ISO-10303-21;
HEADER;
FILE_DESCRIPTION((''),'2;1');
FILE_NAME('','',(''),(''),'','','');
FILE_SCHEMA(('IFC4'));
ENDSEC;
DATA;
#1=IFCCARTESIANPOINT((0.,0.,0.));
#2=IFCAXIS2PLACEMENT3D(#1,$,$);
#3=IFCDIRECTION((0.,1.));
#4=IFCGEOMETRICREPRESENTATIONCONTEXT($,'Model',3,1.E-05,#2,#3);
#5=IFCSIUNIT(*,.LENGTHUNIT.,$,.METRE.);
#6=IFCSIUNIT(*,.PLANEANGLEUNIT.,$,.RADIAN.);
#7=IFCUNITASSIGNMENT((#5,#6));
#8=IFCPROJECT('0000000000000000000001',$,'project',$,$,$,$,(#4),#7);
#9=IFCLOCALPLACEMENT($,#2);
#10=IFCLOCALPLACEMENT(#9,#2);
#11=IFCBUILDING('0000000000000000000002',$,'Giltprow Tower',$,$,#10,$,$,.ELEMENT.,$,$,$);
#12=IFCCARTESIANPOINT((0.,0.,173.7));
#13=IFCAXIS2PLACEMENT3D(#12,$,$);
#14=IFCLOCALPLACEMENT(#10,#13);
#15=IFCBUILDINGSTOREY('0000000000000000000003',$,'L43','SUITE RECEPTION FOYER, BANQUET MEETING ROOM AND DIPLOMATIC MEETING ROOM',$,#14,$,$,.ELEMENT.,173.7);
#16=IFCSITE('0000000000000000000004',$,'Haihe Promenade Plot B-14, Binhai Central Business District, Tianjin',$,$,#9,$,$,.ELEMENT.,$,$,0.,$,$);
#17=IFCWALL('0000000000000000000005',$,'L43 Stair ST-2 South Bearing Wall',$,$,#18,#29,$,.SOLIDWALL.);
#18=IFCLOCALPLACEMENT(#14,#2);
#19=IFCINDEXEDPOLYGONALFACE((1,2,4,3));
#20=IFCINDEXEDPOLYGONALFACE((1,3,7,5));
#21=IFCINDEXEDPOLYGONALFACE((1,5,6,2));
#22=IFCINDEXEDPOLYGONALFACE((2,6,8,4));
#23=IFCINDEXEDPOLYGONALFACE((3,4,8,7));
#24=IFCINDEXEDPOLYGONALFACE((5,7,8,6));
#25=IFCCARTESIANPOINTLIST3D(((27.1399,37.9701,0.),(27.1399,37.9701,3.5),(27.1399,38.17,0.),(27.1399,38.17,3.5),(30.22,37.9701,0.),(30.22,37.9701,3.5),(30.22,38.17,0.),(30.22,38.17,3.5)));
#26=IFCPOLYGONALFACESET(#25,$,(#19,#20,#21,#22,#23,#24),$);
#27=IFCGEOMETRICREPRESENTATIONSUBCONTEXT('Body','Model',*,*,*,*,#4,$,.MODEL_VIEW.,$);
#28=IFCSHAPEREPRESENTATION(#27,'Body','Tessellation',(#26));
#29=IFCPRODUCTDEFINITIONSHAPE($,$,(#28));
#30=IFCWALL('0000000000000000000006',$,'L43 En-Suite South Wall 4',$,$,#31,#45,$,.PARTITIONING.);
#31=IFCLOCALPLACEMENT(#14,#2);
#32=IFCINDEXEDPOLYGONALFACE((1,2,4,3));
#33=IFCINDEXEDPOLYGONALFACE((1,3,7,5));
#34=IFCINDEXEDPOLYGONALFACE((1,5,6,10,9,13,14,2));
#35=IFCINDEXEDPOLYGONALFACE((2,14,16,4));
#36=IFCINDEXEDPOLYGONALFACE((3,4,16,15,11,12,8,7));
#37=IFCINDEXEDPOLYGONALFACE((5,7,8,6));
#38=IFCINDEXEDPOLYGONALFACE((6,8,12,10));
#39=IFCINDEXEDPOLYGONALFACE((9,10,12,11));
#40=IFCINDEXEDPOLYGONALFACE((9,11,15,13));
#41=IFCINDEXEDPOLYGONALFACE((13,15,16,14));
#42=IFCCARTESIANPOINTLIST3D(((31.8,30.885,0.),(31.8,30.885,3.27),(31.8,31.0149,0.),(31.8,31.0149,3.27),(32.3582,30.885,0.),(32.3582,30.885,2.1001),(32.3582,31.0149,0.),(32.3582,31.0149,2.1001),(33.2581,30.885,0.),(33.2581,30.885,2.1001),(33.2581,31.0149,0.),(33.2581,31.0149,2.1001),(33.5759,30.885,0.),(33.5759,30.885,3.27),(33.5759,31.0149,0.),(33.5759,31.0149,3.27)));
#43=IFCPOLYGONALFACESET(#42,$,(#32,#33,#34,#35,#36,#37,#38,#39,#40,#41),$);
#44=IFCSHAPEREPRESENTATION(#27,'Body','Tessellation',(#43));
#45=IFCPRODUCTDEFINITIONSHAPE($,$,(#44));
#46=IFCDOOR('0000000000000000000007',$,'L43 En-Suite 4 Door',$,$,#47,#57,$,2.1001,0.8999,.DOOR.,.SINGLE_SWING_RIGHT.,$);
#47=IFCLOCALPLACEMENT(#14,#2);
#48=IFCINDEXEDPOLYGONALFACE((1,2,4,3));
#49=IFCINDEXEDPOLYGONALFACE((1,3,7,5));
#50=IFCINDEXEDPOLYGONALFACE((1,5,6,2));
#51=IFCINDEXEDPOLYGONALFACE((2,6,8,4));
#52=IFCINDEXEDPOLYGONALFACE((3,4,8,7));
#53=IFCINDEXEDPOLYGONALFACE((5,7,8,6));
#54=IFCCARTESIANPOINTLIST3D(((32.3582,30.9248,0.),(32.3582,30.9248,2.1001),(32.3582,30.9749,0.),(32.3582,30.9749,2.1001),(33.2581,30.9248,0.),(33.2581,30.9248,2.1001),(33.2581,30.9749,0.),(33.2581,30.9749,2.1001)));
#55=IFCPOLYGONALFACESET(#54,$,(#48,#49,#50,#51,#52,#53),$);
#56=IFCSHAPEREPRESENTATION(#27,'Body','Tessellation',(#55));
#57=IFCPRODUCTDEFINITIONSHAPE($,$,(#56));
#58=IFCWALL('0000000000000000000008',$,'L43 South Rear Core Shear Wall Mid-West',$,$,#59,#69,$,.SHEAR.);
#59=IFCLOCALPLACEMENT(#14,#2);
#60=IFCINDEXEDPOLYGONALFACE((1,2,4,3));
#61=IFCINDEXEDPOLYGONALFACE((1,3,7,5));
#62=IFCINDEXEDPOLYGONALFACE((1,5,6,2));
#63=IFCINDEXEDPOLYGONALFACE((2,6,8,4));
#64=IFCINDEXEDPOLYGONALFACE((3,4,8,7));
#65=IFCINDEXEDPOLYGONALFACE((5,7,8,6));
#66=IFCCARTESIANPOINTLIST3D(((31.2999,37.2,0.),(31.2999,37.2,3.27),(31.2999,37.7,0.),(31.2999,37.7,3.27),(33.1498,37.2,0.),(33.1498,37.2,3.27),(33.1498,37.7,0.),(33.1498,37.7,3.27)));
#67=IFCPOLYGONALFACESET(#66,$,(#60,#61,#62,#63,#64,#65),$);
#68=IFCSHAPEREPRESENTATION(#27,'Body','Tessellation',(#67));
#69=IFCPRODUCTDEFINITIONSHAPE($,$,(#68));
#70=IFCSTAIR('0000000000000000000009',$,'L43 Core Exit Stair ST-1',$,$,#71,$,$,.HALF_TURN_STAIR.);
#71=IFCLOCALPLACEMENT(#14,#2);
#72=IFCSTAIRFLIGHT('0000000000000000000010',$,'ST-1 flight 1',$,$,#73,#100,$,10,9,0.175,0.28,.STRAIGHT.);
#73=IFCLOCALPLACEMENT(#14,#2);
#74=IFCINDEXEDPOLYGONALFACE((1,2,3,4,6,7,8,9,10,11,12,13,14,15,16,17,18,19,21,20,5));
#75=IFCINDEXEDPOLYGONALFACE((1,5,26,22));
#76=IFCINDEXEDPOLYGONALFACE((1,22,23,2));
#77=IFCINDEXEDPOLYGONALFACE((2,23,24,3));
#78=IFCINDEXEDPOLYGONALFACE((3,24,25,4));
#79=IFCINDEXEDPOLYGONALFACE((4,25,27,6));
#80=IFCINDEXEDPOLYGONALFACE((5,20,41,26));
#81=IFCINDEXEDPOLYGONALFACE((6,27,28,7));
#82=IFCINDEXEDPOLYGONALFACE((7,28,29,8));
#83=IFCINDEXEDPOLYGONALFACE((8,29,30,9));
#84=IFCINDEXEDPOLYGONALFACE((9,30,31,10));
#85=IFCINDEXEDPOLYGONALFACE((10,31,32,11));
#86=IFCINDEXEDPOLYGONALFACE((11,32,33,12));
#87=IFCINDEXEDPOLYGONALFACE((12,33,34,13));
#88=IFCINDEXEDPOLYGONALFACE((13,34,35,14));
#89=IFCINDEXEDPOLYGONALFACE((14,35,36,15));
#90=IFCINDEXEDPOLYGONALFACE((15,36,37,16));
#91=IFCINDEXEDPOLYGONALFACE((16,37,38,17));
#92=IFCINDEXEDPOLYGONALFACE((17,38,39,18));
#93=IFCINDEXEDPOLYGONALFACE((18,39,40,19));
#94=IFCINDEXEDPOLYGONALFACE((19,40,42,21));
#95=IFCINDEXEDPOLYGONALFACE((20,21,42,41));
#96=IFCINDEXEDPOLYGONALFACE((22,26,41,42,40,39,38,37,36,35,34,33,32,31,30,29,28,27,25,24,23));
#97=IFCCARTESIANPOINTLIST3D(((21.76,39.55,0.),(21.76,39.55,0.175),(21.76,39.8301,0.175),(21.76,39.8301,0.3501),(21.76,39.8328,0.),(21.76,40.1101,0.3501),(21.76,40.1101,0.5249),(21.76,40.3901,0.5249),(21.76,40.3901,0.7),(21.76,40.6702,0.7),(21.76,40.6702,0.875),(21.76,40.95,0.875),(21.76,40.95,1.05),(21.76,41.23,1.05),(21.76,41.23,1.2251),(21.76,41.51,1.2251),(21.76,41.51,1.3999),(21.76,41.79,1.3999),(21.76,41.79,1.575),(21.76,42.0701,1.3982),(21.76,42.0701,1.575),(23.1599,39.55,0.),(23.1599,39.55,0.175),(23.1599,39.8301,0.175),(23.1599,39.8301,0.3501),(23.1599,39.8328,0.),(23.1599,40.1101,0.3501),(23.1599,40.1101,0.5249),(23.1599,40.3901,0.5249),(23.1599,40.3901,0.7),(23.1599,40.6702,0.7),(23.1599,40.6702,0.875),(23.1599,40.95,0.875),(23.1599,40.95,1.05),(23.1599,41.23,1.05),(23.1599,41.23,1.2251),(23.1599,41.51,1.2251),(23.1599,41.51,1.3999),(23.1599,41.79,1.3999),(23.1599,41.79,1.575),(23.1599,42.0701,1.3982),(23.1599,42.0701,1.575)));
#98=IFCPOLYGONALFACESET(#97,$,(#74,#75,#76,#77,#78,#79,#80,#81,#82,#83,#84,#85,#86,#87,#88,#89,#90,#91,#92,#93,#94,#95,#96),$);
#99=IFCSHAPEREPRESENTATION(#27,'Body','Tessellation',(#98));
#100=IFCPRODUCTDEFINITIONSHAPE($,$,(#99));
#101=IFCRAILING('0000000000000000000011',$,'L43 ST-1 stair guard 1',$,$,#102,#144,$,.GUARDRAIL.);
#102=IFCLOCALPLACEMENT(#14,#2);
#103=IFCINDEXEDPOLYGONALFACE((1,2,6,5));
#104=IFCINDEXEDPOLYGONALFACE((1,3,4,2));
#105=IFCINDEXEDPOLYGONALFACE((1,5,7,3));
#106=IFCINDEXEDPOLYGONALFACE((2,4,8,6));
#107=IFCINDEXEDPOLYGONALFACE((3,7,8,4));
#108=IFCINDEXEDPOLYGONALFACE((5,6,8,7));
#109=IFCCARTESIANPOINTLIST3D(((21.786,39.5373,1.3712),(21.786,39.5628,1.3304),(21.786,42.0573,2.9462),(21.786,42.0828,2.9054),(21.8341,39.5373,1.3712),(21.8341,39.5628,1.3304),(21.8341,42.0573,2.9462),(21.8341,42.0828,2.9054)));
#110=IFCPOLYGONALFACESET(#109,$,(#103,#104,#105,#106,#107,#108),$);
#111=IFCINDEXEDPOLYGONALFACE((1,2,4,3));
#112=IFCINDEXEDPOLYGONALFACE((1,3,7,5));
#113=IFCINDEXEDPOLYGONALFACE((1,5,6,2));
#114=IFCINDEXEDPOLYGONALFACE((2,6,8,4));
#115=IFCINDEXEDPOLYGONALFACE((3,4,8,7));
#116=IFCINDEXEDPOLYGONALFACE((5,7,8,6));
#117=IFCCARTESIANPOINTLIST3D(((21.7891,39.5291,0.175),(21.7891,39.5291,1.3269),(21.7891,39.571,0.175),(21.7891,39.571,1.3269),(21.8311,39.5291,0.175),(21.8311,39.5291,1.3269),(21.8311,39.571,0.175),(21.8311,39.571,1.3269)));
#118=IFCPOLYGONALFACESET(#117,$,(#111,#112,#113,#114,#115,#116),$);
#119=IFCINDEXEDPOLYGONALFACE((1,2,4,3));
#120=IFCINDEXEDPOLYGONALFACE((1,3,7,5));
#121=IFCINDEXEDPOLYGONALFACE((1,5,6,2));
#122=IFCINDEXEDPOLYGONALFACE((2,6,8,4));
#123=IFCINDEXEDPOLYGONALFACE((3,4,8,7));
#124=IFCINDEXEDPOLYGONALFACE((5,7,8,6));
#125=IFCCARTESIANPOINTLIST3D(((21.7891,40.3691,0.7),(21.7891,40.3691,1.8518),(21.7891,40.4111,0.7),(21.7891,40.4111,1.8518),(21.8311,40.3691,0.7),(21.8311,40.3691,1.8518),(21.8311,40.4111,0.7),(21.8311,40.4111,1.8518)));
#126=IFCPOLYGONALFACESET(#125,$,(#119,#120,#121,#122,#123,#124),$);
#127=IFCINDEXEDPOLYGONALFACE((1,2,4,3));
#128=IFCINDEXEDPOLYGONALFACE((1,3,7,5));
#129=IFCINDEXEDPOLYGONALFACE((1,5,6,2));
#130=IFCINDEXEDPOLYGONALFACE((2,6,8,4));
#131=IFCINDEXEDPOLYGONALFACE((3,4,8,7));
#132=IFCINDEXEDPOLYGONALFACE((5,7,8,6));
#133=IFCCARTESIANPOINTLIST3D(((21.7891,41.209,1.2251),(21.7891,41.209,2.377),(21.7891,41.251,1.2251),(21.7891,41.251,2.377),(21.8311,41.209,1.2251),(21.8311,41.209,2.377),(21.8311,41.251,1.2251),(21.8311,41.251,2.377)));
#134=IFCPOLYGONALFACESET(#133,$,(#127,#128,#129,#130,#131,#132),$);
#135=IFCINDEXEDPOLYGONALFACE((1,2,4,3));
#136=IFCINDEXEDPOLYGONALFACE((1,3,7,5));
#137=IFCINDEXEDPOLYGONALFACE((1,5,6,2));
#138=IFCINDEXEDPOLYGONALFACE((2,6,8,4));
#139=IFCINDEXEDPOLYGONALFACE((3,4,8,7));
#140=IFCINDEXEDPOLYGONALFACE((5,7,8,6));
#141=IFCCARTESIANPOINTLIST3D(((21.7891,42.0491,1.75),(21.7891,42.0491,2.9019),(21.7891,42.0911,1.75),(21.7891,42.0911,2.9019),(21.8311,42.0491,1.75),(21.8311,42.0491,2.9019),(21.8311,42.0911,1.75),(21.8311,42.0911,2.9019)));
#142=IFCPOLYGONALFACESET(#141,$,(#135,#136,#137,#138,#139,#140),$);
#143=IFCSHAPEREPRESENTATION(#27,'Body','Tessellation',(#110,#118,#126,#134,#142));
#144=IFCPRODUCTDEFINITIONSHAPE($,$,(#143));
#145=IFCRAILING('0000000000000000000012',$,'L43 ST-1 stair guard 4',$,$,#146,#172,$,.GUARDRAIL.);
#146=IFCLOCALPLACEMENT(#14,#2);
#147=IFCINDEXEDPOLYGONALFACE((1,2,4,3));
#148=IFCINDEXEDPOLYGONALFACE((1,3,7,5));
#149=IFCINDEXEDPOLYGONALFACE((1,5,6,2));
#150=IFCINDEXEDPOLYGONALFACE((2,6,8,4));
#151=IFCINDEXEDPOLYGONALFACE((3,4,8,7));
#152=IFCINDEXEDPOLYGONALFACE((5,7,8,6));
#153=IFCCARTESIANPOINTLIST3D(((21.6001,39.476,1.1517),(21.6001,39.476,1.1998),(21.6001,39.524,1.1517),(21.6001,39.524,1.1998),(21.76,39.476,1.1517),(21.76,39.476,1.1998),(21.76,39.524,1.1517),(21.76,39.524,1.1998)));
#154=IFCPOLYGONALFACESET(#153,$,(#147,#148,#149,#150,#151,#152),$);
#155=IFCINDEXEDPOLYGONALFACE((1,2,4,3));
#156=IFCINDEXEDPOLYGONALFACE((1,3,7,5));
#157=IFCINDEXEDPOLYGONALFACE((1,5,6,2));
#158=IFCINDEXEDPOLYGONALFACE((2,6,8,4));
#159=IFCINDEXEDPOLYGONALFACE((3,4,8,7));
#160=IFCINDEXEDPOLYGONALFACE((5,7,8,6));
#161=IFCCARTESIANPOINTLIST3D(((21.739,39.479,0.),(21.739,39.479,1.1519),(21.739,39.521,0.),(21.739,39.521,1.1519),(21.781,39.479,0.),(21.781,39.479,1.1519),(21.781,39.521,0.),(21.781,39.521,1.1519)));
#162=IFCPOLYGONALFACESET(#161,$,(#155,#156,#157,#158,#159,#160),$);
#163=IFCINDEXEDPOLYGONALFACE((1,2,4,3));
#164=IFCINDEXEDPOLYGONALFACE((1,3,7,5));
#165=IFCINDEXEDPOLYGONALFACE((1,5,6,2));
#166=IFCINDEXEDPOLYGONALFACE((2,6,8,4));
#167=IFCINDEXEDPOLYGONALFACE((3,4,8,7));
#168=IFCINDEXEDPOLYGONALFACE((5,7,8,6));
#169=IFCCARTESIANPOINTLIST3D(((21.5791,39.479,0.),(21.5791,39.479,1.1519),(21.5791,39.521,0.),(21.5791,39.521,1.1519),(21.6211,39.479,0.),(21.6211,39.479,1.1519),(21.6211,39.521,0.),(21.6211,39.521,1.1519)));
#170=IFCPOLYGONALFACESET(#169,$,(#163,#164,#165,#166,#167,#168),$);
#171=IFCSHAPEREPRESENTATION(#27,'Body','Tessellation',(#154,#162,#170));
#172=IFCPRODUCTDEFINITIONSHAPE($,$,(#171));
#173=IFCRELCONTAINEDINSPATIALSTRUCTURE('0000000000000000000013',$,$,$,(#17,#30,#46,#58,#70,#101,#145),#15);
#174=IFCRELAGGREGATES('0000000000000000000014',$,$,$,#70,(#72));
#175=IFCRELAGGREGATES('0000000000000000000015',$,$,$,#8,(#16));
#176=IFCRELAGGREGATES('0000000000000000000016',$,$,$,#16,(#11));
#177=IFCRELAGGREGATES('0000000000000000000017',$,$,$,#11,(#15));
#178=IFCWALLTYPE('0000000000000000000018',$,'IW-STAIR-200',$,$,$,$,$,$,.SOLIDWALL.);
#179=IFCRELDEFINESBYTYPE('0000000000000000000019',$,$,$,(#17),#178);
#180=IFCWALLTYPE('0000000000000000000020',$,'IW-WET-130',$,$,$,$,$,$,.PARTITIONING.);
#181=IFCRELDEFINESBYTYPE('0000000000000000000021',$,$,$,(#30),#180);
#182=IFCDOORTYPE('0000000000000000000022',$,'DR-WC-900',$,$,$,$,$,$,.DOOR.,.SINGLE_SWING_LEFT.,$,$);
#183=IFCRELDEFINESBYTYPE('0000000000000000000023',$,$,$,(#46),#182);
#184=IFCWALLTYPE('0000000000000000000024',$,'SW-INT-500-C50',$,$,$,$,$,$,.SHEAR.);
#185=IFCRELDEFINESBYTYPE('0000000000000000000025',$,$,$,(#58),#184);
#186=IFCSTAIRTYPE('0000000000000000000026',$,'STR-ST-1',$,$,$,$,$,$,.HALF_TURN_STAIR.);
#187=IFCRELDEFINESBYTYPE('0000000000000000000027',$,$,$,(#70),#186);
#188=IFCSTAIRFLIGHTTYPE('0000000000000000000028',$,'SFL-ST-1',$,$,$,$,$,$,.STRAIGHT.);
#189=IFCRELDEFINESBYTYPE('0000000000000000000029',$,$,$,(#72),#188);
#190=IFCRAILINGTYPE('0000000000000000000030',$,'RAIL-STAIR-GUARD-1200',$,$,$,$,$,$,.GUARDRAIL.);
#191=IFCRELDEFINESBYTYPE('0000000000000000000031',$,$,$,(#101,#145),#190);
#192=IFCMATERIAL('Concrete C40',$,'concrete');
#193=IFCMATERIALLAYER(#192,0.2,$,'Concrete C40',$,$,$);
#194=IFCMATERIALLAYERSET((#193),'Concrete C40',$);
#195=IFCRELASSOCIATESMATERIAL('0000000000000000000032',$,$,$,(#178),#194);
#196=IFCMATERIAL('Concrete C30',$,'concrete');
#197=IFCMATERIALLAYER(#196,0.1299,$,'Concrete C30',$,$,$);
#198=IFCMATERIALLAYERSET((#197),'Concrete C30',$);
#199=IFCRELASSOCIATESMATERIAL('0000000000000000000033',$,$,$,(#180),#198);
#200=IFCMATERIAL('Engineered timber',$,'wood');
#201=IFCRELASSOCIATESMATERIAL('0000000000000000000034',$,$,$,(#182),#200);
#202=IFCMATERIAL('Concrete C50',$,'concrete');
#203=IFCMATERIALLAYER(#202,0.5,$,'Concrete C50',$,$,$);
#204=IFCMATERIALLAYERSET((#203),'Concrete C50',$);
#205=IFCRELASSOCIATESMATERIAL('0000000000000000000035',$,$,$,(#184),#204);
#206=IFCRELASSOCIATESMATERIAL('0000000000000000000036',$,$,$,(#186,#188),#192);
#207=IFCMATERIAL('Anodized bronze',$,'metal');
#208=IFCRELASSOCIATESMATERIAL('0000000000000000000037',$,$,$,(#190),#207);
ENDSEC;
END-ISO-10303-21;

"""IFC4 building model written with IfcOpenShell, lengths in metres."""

from ifc_helpers import new_model, si_unit, direction, frame, frame_2d, origin, origin_2d, place, context, subcontext, project, spatial, polyline, rectangle, outline, extrude, source, transform, mapped, material, layer, layer_set, type_object, element, fill, aggregate, save


model = new_model("IFC4")

# Units and contexts
model_context = context("Model", 3, precision=1e-05, world=origin(), true_north=direction((0.0, 1.0)))
body_context = subcontext(model_context, "Body", "Model", "MODEL_VIEW")
ifc_project = project(units=[si_unit("LENGTHUNIT", "METRE"), si_unit("PLANEANGLEUNIT", "RADIAN")], contexts=[model_context])

# Site, building, storey
site_placement = place(None, origin())
site = spatial("IfcSite", under=ifc_project, at=site_placement, Name="Haihe Promenade Plot B-14, Binhai Central Business District, Tianjin", CompositionType="ELEMENT", RefElevation=0.0)
building_placement = place(site_placement, origin())
building = spatial("IfcBuilding", under=site, at=building_placement, Name="Giltprow Tower", CompositionType="ELEMENT")
storey_placement = place(building_placement, frame((0.0, 0.0, 173.7)))
storey = spatial("IfcBuildingStorey", under=building, at=storey_placement, Name="L43", Description="SUITE RECEPTION FOYER, BANQUET MEETING ROOM AND DIPLOMATIC MEETING ROOM", CompositionType="ELEMENT", Elevation=173.7)

# Shared definitions
ifc_material_1 = material(Name="Concrete C50", Category="concrete")

# Shared definitions
ifc_material_2 = material(Name="Concrete C40", Category="concrete")
ifc_layer_1 = layer(ifc_material_2, 0.2, Name="Concrete C40")
ifc_layer_set_1 = layer_set([ifc_layer_1], Name="Concrete C40")
wall_type_1 = type_object("IfcWallType", Name="IW-STAIR-200", PredefinedType="SOLIDWALL", material=ifc_layer_set_1)

# Wall
wall_1_placement = place(storey_placement, frame((27.1399, 38.0701, 0.0), z_axis=(0.0, 0.0, 1.0), x_axis=(1.0, 0.0, 0.0)))
element("IfcWall", 1, at=wall_1_placement, inside=storey, type_object=wall_type_1, Name="L43 Stair ST-2 South Bearing Wall", PredefinedType="SOLIDWALL", context=body_context, shape_type="SweptSolid", body=[
    extrude(rectangle(XDim=3.0801, YDim=0.2, at=frame_2d((1.54, 0.0))), origin(), (0.0, 0.0, 1.0), 3.5),
])

# Wall, opening, door
ifc_material_3 = material(Name="Concrete C30", Category="concrete")
ifc_layer_2 = layer(ifc_material_3, 0.1299, Name="Concrete C30")
ifc_layer_set_2 = layer_set([ifc_layer_2], Name="Concrete C30")
wall_type_2 = type_object("IfcWallType", Name="IW-WET-130", PredefinedType="PARTITIONING", material=ifc_layer_set_2)
wall_2_placement = place(storey_placement, frame((31.8, 30.95, 0.0), z_axis=(0.0, 0.0, 1.0), x_axis=(1.0, 0.0, 0.0)))
wall_2 = element("IfcWall", 2, at=wall_2_placement, inside=storey, type_object=wall_type_2, Name="L43 En-Suite South Wall 4", PredefinedType="PARTITIONING", context=body_context, shape_type="SweptSolid", body=[
    extrude(rectangle(XDim=1.7759, YDim=0.1299, at=frame_2d((0.8879, 0.0))), origin(), (0.0, 0.0, 1.0), 3.27),
])
opening_1_placement = place(wall_2_placement, frame((0.5581, 0.0, 0.0)))
opening_1 = element("IfcOpeningElement", 3, at=opening_1_placement, cuts=wall_2, PredefinedType="OPENING", context=body_context, shape_type="SweptSolid", body=[
    extrude(rectangle(XDim=0.8999, YDim=2.1001, at=frame_2d((0.45, 1.05))), frame((0.0, 0.075, 0.0), z_axis=(0.0, -1.0, 0.0), x_axis=(1.0, 0.0, 0.0)), (0.0, 0.0, 1.0), 0.1499),
])
ifc_material_4 = material(Name="Engineered timber", Category="wood")
door_type_1 = type_object("IfcDoorType", Name="DR-WC-900", OperationType="SINGLE_SWING_LEFT", PredefinedType="DOOR", material=ifc_material_4)
shared_shape_1 = source(origin(), body_context, "Body", "SweptSolid", [
    extrude(rectangle(XDim=0.8999, YDim=2.1001, at=frame_2d((0.45, 1.05))), frame((0.0, 0.0249, 0.0), z_axis=(0.0, -1.0, 0.0), x_axis=(1.0, 0.0, 0.0)), (0.0, 0.0, 1.0), 0.05),
])
door_1_placement = place(opening_1_placement, origin())
door_1 = element("IfcDoor", 4, at=door_1_placement, inside=storey, type_object=door_type_1, Name="L43 En-Suite 4 Door", OperationType="SINGLE_SWING_RIGHT", OverallHeight=2.1001, OverallWidth=0.8999, PredefinedType="DOOR", context=body_context, shape_type="MappedRepresentation", body=[
    mapped(shared_shape_1, transform((0.0, 0.0, 0.0), x_axis=(1.0, 0.0, 0.0), y_axis=(0.0, 1.0, 0.0), z_axis=(0.0, 0.0, 1.0), scale=1.0)),
])
fill(opening_1, door_1)

# Wall
ifc_layer_3 = layer(ifc_material_1, 0.5, Name="Concrete C50")
ifc_layer_set_3 = layer_set([ifc_layer_3], Name="Concrete C50")
wall_type_3 = type_object("IfcWallType", Name="SW-INT-500-C50", PredefinedType="SHEAR", material=ifc_layer_set_3)
wall_3_placement = place(storey_placement, frame((31.3, 37.45, 0.0), z_axis=(0.0, 0.0, 1.0), x_axis=(1.0, 0.0, 0.0)))
element("IfcWall", 5, at=wall_3_placement, inside=storey, type_object=wall_type_3, Name="L43 South Rear Core Shear Wall Mid-West", PredefinedType="SHEAR", context=body_context, shape_type="SweptSolid", body=[
    extrude(rectangle(XDim=1.8499, YDim=0.5, at=frame_2d((0.9248, 0.0))), origin(), (0.0, 0.0, 1.0), 3.27),
])

# Stair, stair flight
stair_type = type_object("IfcStairType", Name="STR-ST-1", PredefinedType="HALF_TURN_STAIR", material=ifc_material_2)
stair_placement = place(storey_placement, origin())
stair = element("IfcStair", 6, at=stair_placement, inside=storey, type_object=stair_type, Name="L43 Core Exit Stair ST-1", PredefinedType="HALF_TURN_STAIR")
stair_flight_type = type_object("IfcStairFlightType", Name="SFL-ST-1", PredefinedType="STRAIGHT", material=ifc_material_2)
stair_flight_placement = place(storey_placement, frame((22.46, 39.55, 0.0), z_axis=(0.0, 0.0, 1.0), x_axis=(0.0, 1.0, 0.0)))
stair_flight = element("IfcStairFlight", 7, at=stair_flight_placement, type_object=stair_flight_type, Name="ST-1 flight 1", NumberOfRisers=10, NumberOfTreads=9, PredefinedType="STRAIGHT", RiserHeight=0.175, TreadLength=0.28, context=body_context, shape_type="SweptSolid", body=[
    extrude(outline(polyline([(0.0, 0.0), (0.0, 0.175), (0.28, 0.175), (0.28, 0.3501), (0.5601, 0.3501), (0.5601, 0.5249), (0.8401, 0.5249), (0.8401, 0.7), (1.1201, 0.7), (1.1201, 0.875), (1.3999, 0.875), (1.3999, 1.05), (1.6799, 1.05), (1.6799, 1.2251), (1.96, 1.2251), (1.96, 1.3999), (2.24, 1.3999), (2.24, 1.575), (2.52, 1.575), (2.52, 1.75), (2.52, 1.3982), (0.2827, 0.0), (0.0, 0.0)])), frame((0.0, 0.7, 0.0), z_axis=(0.0, -1.0, 0.0), x_axis=(1.0, 0.0, 0.0)), (0.0, 0.0, 1.0), 1.3999),
])
aggregate(stair, [stair_flight])

# Railings
ifc_material_5 = material(Name="Anodized bronze", Category="metal")
railing_type_1 = type_object("IfcRailingType", Name="RAIL-STAIR-GUARD-1200", PredefinedType="GUARDRAIL", material=ifc_material_5)
railing_1_placement = place(storey_placement, frame((21.8101, 39.55, 0.175)))
element("IfcRailing", 8, at=railing_1_placement, inside=storey, type_object=railing_type_1, Name="L43 ST-1 stair guard 1", PredefinedType="GUARDRAIL", context=body_context, shape_type="SweptSolid", body=[
    extrude(rectangle(XDim=0.0481, YDim=0.0481, at=origin_2d()), frame((0.0, 0.0, 1.1758), z_axis=(0.0, 0.848008, 0.529984), x_axis=(-1.0, 0.0, 0.0)), (0.0, 0.0, 1.0), 2.9717),
    extrude(rectangle(XDim=0.042, YDim=0.042, at=origin_2d()), origin(), (0.0, 0.0, 1.0), 1.1519),
    extrude(rectangle(XDim=0.042, YDim=0.042, at=origin_2d()), frame((0.0, 0.8401, 0.5249)), (0.0, 0.0, 1.0), 1.1519),
    extrude(rectangle(XDim=0.042, YDim=0.042, at=origin_2d()), frame((0.0, 1.6799, 1.05)), (0.0, 0.0, 1.0), 1.1519),
    extrude(rectangle(XDim=0.042, YDim=0.042, at=origin_2d()), frame((0.0, 2.52, 1.575)), (0.0, 0.0, 1.0), 1.1519),
])
railing_2_placement = place(storey_placement, frame((21.76, 39.5, 0.0)))
element("IfcRailing", 9, at=railing_2_placement, inside=storey, type_object=railing_type_1, Name="L43 ST-1 stair guard 4", PredefinedType="GUARDRAIL", context=body_context, shape_type="SweptSolid", body=[
    extrude(rectangle(XDim=0.0481, YDim=0.0481, at=origin_2d()), frame((0.0, 0.0, 1.1758), z_axis=(-1.0, 0.0, 0.0), x_axis=(0.0, -1.0, 0.0)), (0.0, 0.0, 1.0), 0.1599),
    extrude(rectangle(XDim=0.042, YDim=0.042, at=origin_2d()), origin(), (0.0, 0.0, 1.0), 1.1519),
    extrude(rectangle(XDim=0.042, YDim=0.042, at=origin_2d()), frame((-0.1599, 0.0, 0.0)), (0.0, 0.0, 1.0), 1.1519),
])

save(model, "model.ifc")
